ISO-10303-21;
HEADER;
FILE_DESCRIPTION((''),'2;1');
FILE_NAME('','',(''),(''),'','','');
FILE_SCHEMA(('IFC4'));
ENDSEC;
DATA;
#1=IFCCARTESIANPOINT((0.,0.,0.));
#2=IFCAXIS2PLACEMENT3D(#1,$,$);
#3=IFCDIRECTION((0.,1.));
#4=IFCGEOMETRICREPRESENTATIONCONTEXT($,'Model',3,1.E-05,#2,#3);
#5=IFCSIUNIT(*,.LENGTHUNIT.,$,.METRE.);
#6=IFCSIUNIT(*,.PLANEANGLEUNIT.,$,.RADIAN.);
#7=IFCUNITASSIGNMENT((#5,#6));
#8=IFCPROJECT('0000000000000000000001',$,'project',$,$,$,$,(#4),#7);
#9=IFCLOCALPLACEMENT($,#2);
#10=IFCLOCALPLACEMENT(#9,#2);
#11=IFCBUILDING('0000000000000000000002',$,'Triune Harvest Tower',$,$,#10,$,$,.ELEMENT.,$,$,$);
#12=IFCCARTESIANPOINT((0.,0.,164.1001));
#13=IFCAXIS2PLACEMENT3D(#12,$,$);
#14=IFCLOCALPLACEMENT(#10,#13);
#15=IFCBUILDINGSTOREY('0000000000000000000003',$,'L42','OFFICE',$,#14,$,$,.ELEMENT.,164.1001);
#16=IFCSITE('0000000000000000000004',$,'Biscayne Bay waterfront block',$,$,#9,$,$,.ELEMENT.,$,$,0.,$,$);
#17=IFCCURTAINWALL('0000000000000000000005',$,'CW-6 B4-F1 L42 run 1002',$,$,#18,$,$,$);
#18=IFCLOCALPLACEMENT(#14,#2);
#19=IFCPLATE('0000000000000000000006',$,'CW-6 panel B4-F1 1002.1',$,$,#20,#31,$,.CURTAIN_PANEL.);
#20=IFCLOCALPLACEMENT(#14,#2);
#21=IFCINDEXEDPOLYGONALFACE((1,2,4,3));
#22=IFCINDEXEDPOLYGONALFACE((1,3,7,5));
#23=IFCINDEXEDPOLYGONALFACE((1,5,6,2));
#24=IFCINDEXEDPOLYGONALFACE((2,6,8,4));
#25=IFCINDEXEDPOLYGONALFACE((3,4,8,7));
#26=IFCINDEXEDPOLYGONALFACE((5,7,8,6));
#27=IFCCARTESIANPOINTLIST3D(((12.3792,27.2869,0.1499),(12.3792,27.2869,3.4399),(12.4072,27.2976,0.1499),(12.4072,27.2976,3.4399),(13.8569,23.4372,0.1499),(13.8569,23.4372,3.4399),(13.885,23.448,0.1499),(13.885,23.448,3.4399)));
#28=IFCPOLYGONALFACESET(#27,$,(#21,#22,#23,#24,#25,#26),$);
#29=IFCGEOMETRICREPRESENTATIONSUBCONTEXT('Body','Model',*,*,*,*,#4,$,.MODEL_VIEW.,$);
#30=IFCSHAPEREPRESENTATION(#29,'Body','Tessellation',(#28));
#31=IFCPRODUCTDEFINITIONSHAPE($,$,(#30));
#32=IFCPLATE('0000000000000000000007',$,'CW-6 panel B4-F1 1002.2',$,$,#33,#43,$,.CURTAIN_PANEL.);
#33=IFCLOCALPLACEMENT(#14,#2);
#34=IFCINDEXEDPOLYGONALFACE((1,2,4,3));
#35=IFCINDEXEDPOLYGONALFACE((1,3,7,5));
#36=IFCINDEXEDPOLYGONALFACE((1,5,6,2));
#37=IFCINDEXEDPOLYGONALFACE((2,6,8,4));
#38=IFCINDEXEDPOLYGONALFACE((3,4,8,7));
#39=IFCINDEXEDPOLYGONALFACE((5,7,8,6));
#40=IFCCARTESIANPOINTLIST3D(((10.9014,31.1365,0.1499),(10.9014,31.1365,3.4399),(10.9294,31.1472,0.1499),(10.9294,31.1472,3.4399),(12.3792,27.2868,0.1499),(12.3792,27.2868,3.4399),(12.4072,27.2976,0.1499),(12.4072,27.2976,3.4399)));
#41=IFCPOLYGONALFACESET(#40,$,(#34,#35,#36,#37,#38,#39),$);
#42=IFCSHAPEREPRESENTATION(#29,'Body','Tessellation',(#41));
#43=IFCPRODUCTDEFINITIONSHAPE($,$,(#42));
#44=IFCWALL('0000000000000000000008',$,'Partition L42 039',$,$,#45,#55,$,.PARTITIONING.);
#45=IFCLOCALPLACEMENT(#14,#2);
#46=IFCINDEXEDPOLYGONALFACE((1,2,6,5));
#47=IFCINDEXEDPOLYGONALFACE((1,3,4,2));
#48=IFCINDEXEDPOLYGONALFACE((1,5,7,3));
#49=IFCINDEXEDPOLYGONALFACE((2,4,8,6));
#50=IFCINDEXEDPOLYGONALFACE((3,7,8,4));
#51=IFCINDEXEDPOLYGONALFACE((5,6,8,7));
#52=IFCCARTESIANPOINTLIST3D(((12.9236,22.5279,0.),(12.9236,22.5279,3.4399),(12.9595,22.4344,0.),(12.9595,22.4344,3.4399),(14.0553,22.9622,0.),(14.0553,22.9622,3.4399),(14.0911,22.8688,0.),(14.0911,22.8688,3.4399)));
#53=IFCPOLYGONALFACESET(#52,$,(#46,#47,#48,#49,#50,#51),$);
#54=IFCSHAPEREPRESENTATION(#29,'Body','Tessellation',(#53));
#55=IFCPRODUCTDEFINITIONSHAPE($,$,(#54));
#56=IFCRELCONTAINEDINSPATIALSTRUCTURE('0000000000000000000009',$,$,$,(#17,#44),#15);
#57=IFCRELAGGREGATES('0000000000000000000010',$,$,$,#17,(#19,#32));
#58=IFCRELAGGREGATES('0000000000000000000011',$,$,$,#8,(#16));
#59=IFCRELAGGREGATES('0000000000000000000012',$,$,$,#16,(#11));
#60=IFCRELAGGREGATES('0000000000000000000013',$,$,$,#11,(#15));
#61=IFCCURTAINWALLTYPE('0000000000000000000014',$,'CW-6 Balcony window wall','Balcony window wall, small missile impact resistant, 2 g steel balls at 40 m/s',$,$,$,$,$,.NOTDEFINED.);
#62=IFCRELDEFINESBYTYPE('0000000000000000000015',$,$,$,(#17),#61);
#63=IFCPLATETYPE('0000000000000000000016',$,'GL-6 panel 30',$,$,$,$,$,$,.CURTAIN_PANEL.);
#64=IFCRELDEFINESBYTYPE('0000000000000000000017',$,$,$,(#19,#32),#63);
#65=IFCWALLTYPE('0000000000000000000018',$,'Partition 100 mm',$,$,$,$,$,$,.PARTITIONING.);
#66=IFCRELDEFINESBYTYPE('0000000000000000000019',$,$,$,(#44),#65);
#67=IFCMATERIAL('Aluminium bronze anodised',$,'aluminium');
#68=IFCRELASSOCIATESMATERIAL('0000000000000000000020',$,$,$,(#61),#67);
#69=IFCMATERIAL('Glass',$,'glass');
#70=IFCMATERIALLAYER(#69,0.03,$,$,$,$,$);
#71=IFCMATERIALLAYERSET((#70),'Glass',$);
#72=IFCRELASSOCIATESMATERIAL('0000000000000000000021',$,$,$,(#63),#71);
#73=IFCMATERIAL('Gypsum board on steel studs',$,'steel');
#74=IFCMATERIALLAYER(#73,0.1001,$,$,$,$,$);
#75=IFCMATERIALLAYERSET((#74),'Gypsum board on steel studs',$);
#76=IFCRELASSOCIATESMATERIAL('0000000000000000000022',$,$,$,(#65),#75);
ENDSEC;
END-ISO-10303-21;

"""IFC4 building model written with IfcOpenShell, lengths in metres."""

from ifc_helpers import new_model, si_unit, direction, frame, frame_2d, origin, origin_2d, place, context, subcontext, project, spatial, rectangle, extrude, source, transform, mapped, material, layer, layer_set, type_object, element, aggregate, save


model = new_model("IFC4")

# Units and contexts
model_context = context("Model", 3, precision=1e-05, world=origin(), true_north=direction((0.0, 1.0)))
body_context = subcontext(model_context, "Body", "Model", "MODEL_VIEW")
ifc_project = project(units=[si_unit("LENGTHUNIT", "METRE"), si_unit("PLANEANGLEUNIT", "RADIAN")], contexts=[model_context])

# Site, building, storey
site_placement = place(None, origin())
site = spatial("IfcSite", under=ifc_project, at=site_placement, Name="Biscayne Bay waterfront block", CompositionType="ELEMENT", RefElevation=0.0)
building_placement = place(site_placement, origin())
building = spatial("IfcBuilding", under=site, at=building_placement, Name="Triune Harvest Tower", CompositionType="ELEMENT")
storey_placement = place(building_placement, frame((0.0, 0.0, 164.1001)))
storey = spatial("IfcBuildingStorey", under=building, at=storey_placement, Name="L42", Description="OFFICE", CompositionType="ELEMENT", Elevation=164.1001)

# Curtain wall
ifc_material_1 = material(Name="Aluminium bronze anodised", Category="aluminium")
curtain_wall_type_1 = type_object("IfcCurtainWallType", Name="CW-6 Balcony window wall", Description="Balcony window wall, small missile impact resistant, 2 g steel balls at 40 m/s", PredefinedType="NOTDEFINED", material=ifc_material_1)
curtain_wall_1_placement = place(storey_placement, origin())
curtain_wall_1 = element("IfcCurtainWall", 1, at=curtain_wall_1_placement, inside=storey, type_object=curtain_wall_type_1, Name="CW-6 B4-F1 L42 run 1002")

# Plates
ifc_material_2 = material(Name="Glass", Category="glass")
ifc_layer_1 = layer(ifc_material_2, 0.03)
ifc_layer_set_1 = layer_set([ifc_layer_1], Name="Glass")
plate_type_1 = type_object("IfcPlateType", Name="GL-6 panel 30", PredefinedType="CURTAIN_PANEL", material=ifc_layer_set_1)
shared_shape_1 = source(origin(), body_context, "Body", "SweptSolid", [
    extrude(rectangle(XDim=4.1235, YDim=0.03, at=origin_2d()), origin(), (0.0, 0.0, 1.0), 3.29),
])
plate_1_placement = place(storey_placement, frame((13.1321, 25.3674, 0.1499), z_axis=(0.0, 0.0, 1.0), x_axis=(-0.358373, 0.933578, 0.0)))
plate_1 = element("IfcPlate", 2, at=plate_1_placement, type_object=plate_type_1, Name="CW-6 panel B4-F1 1002.1", PredefinedType="CURTAIN_PANEL", context=body_context, shape_type="MappedRepresentation", body=[
    mapped(shared_shape_1, transform((0.0, 0.0, 0.0), scale=1.0)),
])
plate_2_placement = place(storey_placement, frame((11.6543, 29.217, 0.1499), z_axis=(0.0, 0.0, 1.0), x_axis=(-0.358373, 0.933578, 0.0)))
plate_2 = element("IfcPlate", 3, at=plate_2_placement, type_object=plate_type_1, Name="CW-6 panel B4-F1 1002.2", PredefinedType="CURTAIN_PANEL", context=body_context, shape_type="MappedRepresentation", body=[
    mapped(shared_shape_1, transform((0.0, 0.0, 0.0), scale=1.0)),
])
aggregate(curtain_wall_1, [plate_1, plate_2])

# Wall
ifc_material_3 = material(Name="Gypsum board on steel studs", Category="steel")
ifc_layer_2 = layer(ifc_material_3, 0.1001)
ifc_layer_set_2 = layer_set([ifc_layer_2], Name="Gypsum board on steel studs")
wall_type = type_object("IfcWallType", Name="Partition 100 mm", PredefinedType="PARTITIONING", material=ifc_layer_set_2)
shared_shape_2 = source(origin(), body_context, "Body", "SweptSolid", [
    extrude(rectangle(XDim=1.2122, YDim=0.1001, at=frame_2d((0.606, 0.0))), origin(), (0.0, 0.0, 1.0), 3.4399),
])
wall_placement = place(storey_placement, frame((12.9417, 22.4812, 0.0), z_axis=(0.0, 0.0, 1.0), x_axis=(0.933595, 0.358331, 0.0)))
element("IfcWall", 4, at=wall_placement, inside=storey, type_object=wall_type, Name="Partition L42 039", PredefinedType="PARTITIONING", context=body_context, shape_type="MappedRepresentation", body=[
    mapped(shared_shape_2, transform((0.0, 0.0, 0.0), scale=1.0)),
])

save(model, "model.ifc")
